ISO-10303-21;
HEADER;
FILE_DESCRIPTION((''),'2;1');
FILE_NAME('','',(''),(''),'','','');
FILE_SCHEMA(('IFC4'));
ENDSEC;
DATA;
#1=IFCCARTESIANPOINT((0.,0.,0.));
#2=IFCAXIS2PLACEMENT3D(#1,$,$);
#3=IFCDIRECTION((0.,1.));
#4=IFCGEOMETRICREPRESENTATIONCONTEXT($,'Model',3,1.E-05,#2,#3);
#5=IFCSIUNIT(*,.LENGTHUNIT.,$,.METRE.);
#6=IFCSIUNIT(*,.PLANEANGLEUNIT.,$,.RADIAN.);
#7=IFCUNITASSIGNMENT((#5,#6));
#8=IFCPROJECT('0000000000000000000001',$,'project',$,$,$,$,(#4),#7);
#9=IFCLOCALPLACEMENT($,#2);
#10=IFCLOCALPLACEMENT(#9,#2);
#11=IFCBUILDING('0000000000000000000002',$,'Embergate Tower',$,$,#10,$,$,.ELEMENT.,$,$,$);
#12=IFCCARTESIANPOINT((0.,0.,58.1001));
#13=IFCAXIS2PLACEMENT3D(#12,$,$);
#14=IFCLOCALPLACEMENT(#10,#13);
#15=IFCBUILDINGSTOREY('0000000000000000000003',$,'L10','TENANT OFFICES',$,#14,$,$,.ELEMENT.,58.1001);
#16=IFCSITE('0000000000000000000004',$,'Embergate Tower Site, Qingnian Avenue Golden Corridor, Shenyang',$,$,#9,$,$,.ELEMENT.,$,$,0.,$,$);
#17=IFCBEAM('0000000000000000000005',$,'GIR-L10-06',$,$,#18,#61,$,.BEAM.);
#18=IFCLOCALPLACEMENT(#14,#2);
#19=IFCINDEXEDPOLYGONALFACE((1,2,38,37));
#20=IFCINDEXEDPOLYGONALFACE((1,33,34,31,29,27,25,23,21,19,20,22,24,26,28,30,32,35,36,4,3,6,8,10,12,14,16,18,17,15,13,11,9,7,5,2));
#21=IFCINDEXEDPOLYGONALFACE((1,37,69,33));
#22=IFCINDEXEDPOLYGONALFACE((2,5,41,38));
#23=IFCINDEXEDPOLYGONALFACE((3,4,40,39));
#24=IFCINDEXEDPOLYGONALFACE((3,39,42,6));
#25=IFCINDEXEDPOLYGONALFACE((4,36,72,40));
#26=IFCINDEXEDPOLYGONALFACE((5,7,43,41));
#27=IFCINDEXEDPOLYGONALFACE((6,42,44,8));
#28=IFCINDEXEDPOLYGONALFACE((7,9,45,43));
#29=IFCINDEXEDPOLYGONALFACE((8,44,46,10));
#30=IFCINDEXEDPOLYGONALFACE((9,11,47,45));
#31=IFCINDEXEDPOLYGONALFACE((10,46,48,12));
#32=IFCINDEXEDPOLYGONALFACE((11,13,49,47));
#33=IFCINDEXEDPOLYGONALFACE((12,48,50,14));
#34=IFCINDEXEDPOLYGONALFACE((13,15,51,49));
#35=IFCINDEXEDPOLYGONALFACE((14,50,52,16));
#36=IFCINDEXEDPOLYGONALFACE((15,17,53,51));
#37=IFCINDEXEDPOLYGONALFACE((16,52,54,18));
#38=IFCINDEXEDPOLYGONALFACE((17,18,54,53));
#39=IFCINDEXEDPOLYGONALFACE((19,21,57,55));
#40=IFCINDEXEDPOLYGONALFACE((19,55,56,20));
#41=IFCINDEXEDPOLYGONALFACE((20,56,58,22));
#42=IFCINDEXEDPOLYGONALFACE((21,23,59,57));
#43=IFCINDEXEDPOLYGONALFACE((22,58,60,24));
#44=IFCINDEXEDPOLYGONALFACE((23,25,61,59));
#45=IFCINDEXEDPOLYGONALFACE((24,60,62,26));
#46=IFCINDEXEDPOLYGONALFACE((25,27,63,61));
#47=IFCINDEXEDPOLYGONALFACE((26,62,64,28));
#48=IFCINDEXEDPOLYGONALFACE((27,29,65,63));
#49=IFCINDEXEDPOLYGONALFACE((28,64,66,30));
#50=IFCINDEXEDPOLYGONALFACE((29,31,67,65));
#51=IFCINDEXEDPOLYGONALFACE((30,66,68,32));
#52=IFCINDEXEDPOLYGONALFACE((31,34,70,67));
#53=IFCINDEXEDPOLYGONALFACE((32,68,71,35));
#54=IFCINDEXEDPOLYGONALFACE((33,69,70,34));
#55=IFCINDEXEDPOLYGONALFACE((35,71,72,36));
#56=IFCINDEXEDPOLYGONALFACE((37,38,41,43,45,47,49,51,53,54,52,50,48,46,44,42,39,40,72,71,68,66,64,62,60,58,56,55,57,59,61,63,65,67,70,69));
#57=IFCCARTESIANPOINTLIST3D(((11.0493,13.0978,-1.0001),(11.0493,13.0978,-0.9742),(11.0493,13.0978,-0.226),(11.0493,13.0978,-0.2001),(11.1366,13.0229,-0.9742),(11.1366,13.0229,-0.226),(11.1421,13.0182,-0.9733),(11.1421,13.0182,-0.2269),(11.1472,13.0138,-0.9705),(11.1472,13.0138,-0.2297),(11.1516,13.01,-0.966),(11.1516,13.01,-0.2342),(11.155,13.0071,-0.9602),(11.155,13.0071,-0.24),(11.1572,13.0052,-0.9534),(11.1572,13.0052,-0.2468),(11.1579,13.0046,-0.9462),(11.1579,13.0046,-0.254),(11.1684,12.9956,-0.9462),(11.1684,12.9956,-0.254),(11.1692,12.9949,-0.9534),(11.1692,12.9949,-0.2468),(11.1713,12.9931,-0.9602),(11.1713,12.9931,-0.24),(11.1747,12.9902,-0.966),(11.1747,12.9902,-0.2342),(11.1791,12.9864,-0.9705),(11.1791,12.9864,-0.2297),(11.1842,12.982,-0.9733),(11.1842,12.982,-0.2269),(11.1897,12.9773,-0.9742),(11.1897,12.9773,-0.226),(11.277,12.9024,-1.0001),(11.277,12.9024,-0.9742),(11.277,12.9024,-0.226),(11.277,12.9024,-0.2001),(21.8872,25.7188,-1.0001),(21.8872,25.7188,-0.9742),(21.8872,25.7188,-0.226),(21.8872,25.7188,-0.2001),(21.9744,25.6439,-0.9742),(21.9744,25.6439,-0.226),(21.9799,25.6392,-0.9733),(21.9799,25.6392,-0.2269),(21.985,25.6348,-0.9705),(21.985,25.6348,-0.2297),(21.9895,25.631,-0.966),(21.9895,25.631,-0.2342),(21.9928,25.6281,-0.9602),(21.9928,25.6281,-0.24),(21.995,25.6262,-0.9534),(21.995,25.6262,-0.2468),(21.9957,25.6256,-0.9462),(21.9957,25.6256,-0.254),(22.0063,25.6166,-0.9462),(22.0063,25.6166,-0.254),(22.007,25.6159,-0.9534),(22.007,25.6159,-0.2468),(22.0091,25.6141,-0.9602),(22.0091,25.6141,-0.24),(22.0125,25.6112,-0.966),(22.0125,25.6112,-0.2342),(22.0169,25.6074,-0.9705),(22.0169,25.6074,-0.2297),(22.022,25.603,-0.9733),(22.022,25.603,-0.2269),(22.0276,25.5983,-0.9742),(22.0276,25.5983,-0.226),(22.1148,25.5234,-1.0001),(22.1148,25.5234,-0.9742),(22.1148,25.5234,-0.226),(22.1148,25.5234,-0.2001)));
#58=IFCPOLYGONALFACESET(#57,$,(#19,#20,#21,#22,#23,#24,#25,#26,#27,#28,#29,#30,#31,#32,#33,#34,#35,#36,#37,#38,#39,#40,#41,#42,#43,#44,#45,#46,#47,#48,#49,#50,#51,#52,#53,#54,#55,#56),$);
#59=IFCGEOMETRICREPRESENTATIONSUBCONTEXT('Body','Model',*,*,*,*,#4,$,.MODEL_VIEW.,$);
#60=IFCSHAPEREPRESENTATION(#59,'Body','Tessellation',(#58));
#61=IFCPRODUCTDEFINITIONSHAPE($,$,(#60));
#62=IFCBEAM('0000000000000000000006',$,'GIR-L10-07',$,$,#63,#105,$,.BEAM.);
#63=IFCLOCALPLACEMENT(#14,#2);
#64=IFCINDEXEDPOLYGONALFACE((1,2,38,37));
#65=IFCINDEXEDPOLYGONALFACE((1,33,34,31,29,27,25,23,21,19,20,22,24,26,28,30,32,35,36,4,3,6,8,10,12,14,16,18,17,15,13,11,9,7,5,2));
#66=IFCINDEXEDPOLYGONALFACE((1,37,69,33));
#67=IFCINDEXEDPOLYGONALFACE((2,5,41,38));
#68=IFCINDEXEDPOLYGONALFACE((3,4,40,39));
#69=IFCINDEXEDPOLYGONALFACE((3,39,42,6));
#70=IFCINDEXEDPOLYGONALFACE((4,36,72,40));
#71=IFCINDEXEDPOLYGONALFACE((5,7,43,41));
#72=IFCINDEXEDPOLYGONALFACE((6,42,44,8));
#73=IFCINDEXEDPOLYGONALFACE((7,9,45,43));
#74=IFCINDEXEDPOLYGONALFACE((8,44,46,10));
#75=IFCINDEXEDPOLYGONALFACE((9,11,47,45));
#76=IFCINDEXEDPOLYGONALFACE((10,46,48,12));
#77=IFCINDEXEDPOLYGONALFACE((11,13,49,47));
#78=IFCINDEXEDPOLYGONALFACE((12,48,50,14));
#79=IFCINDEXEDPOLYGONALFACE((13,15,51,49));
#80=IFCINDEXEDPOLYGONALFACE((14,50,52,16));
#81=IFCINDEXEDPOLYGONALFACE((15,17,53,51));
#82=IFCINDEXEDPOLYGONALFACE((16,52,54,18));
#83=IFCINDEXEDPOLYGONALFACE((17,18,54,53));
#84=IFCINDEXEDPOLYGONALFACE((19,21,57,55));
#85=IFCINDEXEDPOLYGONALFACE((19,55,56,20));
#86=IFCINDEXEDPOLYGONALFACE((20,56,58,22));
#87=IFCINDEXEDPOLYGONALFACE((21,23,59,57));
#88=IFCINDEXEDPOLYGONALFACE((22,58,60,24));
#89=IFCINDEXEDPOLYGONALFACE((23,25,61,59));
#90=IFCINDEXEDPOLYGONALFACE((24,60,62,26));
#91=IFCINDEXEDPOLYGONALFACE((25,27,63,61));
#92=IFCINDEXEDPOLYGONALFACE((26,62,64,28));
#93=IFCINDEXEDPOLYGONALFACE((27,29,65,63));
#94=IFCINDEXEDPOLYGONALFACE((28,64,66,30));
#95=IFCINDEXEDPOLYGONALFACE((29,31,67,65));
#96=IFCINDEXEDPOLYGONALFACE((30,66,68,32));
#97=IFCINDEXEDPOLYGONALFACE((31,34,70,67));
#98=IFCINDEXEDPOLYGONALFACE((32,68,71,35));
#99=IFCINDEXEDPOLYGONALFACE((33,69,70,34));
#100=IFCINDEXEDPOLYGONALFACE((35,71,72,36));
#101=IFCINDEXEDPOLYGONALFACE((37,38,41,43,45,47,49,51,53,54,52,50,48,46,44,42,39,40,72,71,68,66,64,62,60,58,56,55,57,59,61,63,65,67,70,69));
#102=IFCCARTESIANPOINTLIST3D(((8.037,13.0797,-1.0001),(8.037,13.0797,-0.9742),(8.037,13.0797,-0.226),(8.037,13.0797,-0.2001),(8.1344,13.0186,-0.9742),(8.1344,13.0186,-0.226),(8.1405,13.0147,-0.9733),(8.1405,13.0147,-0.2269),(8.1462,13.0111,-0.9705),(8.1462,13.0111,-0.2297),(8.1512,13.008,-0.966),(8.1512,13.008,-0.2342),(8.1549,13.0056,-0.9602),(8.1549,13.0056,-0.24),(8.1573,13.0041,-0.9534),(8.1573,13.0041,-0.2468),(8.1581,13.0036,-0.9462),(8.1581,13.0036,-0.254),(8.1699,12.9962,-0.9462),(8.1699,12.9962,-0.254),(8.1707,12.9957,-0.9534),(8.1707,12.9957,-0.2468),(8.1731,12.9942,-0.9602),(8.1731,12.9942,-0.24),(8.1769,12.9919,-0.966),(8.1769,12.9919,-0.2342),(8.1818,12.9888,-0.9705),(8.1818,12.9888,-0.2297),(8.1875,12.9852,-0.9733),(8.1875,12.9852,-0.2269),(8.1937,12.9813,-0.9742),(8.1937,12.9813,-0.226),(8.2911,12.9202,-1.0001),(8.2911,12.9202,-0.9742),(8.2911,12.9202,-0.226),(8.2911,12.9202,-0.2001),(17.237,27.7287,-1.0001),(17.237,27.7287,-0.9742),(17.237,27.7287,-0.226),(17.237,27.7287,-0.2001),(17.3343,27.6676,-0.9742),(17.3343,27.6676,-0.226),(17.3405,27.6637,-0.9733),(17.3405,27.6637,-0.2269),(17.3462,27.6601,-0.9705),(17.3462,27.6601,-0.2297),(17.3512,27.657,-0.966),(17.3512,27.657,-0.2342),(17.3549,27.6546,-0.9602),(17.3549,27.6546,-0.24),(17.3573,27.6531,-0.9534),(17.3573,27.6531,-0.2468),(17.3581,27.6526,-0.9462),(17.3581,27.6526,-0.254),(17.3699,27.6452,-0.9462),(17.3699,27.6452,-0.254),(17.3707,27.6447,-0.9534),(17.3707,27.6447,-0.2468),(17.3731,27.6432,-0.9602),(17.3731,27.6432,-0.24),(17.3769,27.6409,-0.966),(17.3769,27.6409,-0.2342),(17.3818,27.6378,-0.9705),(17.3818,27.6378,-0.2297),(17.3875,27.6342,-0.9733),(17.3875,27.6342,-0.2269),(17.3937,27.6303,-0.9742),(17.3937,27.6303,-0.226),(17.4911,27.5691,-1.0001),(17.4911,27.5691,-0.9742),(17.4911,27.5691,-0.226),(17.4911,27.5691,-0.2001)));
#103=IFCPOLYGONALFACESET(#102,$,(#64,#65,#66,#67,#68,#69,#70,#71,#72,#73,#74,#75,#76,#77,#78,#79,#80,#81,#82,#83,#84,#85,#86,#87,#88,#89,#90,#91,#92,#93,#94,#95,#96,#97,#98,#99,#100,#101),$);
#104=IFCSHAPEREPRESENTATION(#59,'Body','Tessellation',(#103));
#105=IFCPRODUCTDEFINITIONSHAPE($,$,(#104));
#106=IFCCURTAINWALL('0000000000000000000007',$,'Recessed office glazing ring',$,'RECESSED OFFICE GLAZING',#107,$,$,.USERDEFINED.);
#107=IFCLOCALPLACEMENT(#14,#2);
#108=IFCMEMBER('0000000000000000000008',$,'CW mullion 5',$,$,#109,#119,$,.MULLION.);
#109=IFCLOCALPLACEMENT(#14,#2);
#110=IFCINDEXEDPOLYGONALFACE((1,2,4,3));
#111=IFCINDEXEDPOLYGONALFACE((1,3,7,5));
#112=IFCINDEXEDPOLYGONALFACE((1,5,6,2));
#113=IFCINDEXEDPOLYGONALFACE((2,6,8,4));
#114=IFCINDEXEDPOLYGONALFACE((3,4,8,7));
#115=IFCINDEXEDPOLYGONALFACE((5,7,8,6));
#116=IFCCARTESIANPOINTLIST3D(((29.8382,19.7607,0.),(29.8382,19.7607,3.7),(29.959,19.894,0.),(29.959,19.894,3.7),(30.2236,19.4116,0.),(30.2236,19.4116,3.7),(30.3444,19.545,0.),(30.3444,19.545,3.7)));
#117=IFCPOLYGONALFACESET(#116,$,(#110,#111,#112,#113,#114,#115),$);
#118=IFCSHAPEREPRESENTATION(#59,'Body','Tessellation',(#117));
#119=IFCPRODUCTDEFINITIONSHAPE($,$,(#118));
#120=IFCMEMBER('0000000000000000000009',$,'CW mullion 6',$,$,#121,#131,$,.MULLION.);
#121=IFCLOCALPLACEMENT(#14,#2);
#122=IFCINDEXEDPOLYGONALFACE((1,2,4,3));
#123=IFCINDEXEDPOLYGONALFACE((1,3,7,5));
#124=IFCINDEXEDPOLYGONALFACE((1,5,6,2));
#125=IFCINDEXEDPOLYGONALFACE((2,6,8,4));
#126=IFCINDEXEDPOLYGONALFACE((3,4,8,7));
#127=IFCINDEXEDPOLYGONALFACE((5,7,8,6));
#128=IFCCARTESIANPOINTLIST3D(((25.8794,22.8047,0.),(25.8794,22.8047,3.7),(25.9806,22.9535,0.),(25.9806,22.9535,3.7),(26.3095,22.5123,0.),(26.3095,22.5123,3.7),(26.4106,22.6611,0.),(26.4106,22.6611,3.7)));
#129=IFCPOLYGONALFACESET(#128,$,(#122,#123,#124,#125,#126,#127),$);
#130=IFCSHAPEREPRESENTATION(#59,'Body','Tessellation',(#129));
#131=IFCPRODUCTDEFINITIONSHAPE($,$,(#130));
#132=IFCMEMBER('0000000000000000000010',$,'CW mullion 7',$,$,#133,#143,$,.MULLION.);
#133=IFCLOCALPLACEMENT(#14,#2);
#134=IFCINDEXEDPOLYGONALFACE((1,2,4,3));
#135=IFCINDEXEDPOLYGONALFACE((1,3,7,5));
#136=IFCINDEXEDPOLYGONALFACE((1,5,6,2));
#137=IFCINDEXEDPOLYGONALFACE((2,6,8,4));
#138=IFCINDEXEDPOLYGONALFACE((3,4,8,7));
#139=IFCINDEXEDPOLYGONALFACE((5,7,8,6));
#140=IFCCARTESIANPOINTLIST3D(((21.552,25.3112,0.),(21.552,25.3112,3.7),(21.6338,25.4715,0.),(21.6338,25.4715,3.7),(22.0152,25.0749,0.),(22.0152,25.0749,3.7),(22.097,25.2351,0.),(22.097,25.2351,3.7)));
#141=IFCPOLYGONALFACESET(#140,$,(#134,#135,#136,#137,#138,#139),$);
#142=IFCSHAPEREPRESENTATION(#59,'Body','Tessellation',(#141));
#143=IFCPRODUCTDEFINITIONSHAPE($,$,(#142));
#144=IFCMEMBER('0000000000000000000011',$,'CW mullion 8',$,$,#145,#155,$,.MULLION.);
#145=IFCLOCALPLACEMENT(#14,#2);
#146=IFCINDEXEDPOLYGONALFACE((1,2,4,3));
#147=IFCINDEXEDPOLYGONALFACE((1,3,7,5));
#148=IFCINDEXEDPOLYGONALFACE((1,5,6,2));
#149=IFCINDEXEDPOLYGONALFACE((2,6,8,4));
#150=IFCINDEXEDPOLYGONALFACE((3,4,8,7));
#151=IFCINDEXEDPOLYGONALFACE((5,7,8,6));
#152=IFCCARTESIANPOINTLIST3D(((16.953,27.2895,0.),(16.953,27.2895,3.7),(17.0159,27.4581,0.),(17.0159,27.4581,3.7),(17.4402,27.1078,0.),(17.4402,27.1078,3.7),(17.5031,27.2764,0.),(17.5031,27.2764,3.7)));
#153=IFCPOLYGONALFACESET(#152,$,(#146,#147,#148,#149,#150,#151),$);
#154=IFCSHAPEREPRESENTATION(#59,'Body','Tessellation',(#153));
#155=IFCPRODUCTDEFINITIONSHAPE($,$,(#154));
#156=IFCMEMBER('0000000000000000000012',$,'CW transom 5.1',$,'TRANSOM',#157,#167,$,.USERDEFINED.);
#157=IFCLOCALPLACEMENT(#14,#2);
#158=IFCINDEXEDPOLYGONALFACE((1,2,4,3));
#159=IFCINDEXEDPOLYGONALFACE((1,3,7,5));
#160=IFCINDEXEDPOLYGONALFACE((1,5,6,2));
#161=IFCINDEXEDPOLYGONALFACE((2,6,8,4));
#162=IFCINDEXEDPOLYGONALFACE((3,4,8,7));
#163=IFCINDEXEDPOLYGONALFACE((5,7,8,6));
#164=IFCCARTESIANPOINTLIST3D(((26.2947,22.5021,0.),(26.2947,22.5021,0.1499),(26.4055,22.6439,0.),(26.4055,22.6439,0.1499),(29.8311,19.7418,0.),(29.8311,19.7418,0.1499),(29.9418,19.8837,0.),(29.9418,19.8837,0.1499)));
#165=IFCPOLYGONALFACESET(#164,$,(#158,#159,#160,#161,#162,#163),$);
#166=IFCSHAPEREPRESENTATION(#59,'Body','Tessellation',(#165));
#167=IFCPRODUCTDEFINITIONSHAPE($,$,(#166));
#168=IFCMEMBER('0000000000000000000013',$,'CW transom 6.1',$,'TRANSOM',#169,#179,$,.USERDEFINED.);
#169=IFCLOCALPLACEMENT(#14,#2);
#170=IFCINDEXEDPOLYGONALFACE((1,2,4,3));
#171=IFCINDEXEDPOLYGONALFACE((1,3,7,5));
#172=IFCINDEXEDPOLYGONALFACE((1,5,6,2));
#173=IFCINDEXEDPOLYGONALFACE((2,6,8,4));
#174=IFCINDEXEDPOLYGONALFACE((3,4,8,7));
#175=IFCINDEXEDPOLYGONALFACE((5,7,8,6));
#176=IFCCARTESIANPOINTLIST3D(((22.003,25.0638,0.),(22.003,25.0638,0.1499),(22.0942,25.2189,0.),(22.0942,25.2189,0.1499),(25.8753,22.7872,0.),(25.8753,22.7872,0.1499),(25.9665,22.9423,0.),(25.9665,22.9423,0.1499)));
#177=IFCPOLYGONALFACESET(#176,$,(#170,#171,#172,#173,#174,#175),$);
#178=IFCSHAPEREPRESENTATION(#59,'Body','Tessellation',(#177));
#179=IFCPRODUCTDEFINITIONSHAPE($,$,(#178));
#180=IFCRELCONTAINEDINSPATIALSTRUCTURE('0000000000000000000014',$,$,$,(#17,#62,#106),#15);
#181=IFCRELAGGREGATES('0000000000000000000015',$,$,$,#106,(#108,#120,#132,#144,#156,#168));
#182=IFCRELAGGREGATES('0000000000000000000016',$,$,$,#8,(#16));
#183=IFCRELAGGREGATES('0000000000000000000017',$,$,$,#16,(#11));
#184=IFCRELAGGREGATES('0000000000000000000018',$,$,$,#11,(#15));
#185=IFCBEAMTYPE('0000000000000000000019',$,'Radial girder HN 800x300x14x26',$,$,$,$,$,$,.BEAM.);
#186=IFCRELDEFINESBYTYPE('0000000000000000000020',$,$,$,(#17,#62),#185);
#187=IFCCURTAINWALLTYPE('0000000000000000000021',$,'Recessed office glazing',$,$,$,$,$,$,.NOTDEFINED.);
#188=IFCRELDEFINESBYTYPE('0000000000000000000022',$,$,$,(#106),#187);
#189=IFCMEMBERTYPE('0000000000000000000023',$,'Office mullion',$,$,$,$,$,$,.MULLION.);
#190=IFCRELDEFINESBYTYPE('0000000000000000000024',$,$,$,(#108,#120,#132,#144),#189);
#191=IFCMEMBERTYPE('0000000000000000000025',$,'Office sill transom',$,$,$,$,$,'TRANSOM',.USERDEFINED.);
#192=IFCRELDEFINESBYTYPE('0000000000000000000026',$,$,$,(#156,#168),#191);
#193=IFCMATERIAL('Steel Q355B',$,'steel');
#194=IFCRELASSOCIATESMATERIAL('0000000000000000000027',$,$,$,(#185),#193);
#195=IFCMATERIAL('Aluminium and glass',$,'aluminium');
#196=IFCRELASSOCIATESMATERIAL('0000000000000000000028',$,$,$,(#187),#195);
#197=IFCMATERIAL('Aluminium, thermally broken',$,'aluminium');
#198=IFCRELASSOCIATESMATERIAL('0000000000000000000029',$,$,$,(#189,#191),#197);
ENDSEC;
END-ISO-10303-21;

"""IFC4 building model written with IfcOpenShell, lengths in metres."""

from ifc_helpers import new_model, si_unit, direction, frame, origin, origin_2d, place, context, subcontext, project, spatial, rectangle, i_section, extrude, source, transform, mapped, material, material_profile, profile_set, type_object, element, aggregate, save


model = new_model("IFC4")

# Units and contexts
model_context = context("Model", 3, precision=1e-05, world=origin(), true_north=direction((0.0, 1.0)))
body_context = subcontext(model_context, "Body", "Model", "MODEL_VIEW")
ifc_project = project(units=[si_unit("LENGTHUNIT", "METRE"), si_unit("PLANEANGLEUNIT", "RADIAN")], contexts=[model_context])

# Site, building, storey
site_placement = place(None, origin())
site = spatial("IfcSite", under=ifc_project, at=site_placement, Name="Embergate Tower Site, Qingnian Avenue Golden Corridor, Shenyang", CompositionType="ELEMENT", RefElevation=0.0)
building_placement = place(site_placement, origin())
building = spatial("IfcBuilding", under=site, at=building_placement, Name="Embergate Tower", CompositionType="ELEMENT")
storey_placement = place(building_placement, frame((0.0, 0.0, 58.1001)))
storey = spatial("IfcBuildingStorey", under=building, at=storey_placement, Name="L10", Description="TENANT OFFICES", CompositionType="ELEMENT", Elevation=58.1001)

# Beams
ifc_material_1 = material(Name="Steel Q355B", Category="steel")
ifc_material_profile_1 = material_profile(ifc_material_1, i_section(OverallWidth=0.3, OverallDepth=0.8, WebThickness=0.0139, FlangeThickness=0.0259, FilletRadius=0.0281, at=origin_2d()), Name="HN 800x300x14x26")
ifc_profile_set_1 = profile_set([ifc_material_profile_1], Name="Steel Q355 grade B")
beam_type_1 = type_object("IfcBeamType", Name="Radial girder HN 800x300x14x26", PredefinedType="BEAM", material=ifc_profile_set_1)
shared_shape_1 = source(origin(), body_context, "Body", "SweptSolid", [
    extrude(i_section(OverallWidth=0.3, OverallDepth=0.8, WebThickness=0.0139, FlangeThickness=0.0259, FilletRadius=0.0281, at=origin_2d()), origin(), (0.0, 0.0, 1.0), 16.6357),
])
beam_1_placement = place(storey_placement, frame((22.001, 25.6211, -0.6001), z_axis=(-0.651478, -0.758668, 0.0), x_axis=(0.758668, -0.651478, 0.0)))
element("IfcBeam", 1, at=beam_1_placement, inside=storey, type_object=beam_type_1, Name="GIR-L10-06", PredefinedType="BEAM", context=body_context, shape_type="MappedRepresentation", body=[
    mapped(shared_shape_1, transform((0.0, 0.0, 0.0))),
])
shared_shape_2 = source(origin(), body_context, "Body", "SweptSolid", [
    extrude(i_section(OverallWidth=0.3, OverallDepth=0.8, WebThickness=0.0139, FlangeThickness=0.0259, FilletRadius=0.0281, at=origin_2d()), origin(), (0.0, 0.0, 1.0), 17.2983),
])
beam_2_placement = place(storey_placement, frame((17.364, 27.6489, -0.6001), z_axis=(-0.531842, -0.846843, 0.0), x_axis=(0.846843, -0.531842, 0.0)))
element("IfcBeam", 2, at=beam_2_placement, inside=storey, type_object=beam_type_1, Name="GIR-L10-07", PredefinedType="BEAM", context=body_context, shape_type="MappedRepresentation", body=[
    mapped(shared_shape_2, transform((0.0, 0.0, 0.0))),
])

# Curtain wall, members
ifc_material_2 = material(Name="Aluminium and glass", Category="aluminium")
curtain_wall_type = type_object("IfcCurtainWallType", Name="Recessed office glazing", PredefinedType="NOTDEFINED", material=ifc_material_2)
curtain_wall_placement = place(storey_placement, origin())
curtain_wall = element("IfcCurtainWall", 3, at=curtain_wall_placement, inside=storey, type_object=curtain_wall_type, Name="Recessed office glazing ring", ObjectType="RECESSED OFFICE GLAZING", PredefinedType="USERDEFINED")
ifc_material_3 = material(Name="Aluminium, thermally broken", Category="aluminium")
ifc_material_profile_2 = material_profile(ifc_material_3, rectangle(XDim=0.1799, YDim=0.52, at=origin_2d()), Name="AL 520x180")
ifc_profile_set_2 = profile_set([ifc_material_profile_2], Name="Aluminium, thermally broken")
member_type_1 = type_object("IfcMemberType", Name="Office mullion", PredefinedType="MULLION", material=ifc_profile_set_2)
shared_shape_3 = source(origin(), body_context, "Body", "SweptSolid", [
    extrude(rectangle(XDim=0.1799, YDim=0.52, at=origin_2d()), origin(), (0.0, 0.0, 1.0), 3.7),
])
member_1_placement = place(storey_placement, frame((30.0913, 19.6528, 0.0), z_axis=(0.0, 0.0, 1.0), x_axis=(-0.671239, -0.741241, 0.0)))
member_1 = element("IfcMember", 4, at=member_1_placement, type_object=member_type_1, Name="CW mullion 5", PredefinedType="MULLION", context=body_context, shape_type="MappedRepresentation", body=[
    mapped(shared_shape_3, transform((0.0, 0.0, 0.0))),
])
member_2_placement = place(storey_placement, frame((26.145, 22.7329, 0.0), z_axis=(0.0, 0.0, 1.0), x_axis=(-0.562229, -0.826981, 0.0)))
member_2 = element("IfcMember", 5, at=member_2_placement, type_object=member_type_1, Name="CW mullion 6", PredefinedType="MULLION", context=body_context, shape_type="MappedRepresentation", body=[
    mapped(shared_shape_3, transform((0.0, 0.0, 0.0))),
])
member_3_placement = place(storey_placement, frame((21.8245, 25.2732, 0.0), z_axis=(0.0, 0.0, 1.0), x_axis=(-0.454521, -0.890736, 0.0)))
member_3 = element("IfcMember", 6, at=member_3_placement, type_object=member_type_1, Name="CW mullion 7", PredefinedType="MULLION", context=body_context, shape_type="MappedRepresentation", body=[
    mapped(shared_shape_3, transform((0.0, 0.0, 0.0))),
])
member_4_placement = place(storey_placement, frame((17.228, 27.283, 0.0), z_axis=(0.0, 0.0, 1.0), x_axis=(-0.349511, -0.936932, 0.0)))
member_4 = element("IfcMember", 7, at=member_4_placement, type_object=member_type_1, Name="CW mullion 8", PredefinedType="MULLION", context=body_context, shape_type="MappedRepresentation", body=[
    mapped(shared_shape_3, transform((0.0, 0.0, 0.0))),
])
ifc_material_profile_3 = material_profile(ifc_material_3, rectangle(XDim=0.1799, YDim=0.1499, at=origin_2d()), Name="AL 150x180")
ifc_profile_set_3 = profile_set([ifc_material_profile_3], Name="Aluminium, thermally broken")
member_type_2 = type_object("IfcMemberType", Name="Office sill transom", ElementType="TRANSOM", PredefinedType="USERDEFINED", material=ifc_profile_set_3)
shared_shape_4 = source(origin(), body_context, "Body", "SweptSolid", [
    extrude(rectangle(XDim=0.1799, YDim=0.1499, at=origin_2d()), origin(), (0.0, 0.0, 1.0), 4.4861),
])
member_5_placement = place(storey_placement, frame((29.8865, 19.8127, 0.075), z_axis=(-0.788299, 0.615292, 0.0), x_axis=(-0.615292, -0.788299, 0.0)))
member_5 = element("IfcMember", 8, at=member_5_placement, type_object=member_type_2, Name="CW transom 5.1", ObjectType="TRANSOM", PredefinedType="USERDEFINED", context=body_context, shape_type="MappedRepresentation", body=[
    mapped(shared_shape_4, transform((0.0, 0.0, 0.0))),
])
shared_shape_5 = source(origin(), body_context, "Body", "SweptSolid", [
    extrude(rectangle(XDim=0.1799, YDim=0.1499, at=origin_2d()), origin(), (0.0, 0.0, 1.0), 4.4919),
])
member_6_placement = place(storey_placement, frame((25.9209, 22.8647, 0.075), z_axis=(-0.862053, 0.506818, 0.0), x_axis=(-0.506818, -0.862053, 0.0)))
member_6 = element("IfcMember", 9, at=member_6_placement, type_object=member_type_2, Name="CW transom 6.1", ObjectType="TRANSOM", PredefinedType="USERDEFINED", context=body_context, shape_type="MappedRepresentation", body=[
    mapped(shared_shape_5, transform((0.0, 0.0, 0.0))),
])
aggregate(curtain_wall, [member_1, member_2, member_3, member_4, member_5, member_6])

save(model, "model.ifc")
